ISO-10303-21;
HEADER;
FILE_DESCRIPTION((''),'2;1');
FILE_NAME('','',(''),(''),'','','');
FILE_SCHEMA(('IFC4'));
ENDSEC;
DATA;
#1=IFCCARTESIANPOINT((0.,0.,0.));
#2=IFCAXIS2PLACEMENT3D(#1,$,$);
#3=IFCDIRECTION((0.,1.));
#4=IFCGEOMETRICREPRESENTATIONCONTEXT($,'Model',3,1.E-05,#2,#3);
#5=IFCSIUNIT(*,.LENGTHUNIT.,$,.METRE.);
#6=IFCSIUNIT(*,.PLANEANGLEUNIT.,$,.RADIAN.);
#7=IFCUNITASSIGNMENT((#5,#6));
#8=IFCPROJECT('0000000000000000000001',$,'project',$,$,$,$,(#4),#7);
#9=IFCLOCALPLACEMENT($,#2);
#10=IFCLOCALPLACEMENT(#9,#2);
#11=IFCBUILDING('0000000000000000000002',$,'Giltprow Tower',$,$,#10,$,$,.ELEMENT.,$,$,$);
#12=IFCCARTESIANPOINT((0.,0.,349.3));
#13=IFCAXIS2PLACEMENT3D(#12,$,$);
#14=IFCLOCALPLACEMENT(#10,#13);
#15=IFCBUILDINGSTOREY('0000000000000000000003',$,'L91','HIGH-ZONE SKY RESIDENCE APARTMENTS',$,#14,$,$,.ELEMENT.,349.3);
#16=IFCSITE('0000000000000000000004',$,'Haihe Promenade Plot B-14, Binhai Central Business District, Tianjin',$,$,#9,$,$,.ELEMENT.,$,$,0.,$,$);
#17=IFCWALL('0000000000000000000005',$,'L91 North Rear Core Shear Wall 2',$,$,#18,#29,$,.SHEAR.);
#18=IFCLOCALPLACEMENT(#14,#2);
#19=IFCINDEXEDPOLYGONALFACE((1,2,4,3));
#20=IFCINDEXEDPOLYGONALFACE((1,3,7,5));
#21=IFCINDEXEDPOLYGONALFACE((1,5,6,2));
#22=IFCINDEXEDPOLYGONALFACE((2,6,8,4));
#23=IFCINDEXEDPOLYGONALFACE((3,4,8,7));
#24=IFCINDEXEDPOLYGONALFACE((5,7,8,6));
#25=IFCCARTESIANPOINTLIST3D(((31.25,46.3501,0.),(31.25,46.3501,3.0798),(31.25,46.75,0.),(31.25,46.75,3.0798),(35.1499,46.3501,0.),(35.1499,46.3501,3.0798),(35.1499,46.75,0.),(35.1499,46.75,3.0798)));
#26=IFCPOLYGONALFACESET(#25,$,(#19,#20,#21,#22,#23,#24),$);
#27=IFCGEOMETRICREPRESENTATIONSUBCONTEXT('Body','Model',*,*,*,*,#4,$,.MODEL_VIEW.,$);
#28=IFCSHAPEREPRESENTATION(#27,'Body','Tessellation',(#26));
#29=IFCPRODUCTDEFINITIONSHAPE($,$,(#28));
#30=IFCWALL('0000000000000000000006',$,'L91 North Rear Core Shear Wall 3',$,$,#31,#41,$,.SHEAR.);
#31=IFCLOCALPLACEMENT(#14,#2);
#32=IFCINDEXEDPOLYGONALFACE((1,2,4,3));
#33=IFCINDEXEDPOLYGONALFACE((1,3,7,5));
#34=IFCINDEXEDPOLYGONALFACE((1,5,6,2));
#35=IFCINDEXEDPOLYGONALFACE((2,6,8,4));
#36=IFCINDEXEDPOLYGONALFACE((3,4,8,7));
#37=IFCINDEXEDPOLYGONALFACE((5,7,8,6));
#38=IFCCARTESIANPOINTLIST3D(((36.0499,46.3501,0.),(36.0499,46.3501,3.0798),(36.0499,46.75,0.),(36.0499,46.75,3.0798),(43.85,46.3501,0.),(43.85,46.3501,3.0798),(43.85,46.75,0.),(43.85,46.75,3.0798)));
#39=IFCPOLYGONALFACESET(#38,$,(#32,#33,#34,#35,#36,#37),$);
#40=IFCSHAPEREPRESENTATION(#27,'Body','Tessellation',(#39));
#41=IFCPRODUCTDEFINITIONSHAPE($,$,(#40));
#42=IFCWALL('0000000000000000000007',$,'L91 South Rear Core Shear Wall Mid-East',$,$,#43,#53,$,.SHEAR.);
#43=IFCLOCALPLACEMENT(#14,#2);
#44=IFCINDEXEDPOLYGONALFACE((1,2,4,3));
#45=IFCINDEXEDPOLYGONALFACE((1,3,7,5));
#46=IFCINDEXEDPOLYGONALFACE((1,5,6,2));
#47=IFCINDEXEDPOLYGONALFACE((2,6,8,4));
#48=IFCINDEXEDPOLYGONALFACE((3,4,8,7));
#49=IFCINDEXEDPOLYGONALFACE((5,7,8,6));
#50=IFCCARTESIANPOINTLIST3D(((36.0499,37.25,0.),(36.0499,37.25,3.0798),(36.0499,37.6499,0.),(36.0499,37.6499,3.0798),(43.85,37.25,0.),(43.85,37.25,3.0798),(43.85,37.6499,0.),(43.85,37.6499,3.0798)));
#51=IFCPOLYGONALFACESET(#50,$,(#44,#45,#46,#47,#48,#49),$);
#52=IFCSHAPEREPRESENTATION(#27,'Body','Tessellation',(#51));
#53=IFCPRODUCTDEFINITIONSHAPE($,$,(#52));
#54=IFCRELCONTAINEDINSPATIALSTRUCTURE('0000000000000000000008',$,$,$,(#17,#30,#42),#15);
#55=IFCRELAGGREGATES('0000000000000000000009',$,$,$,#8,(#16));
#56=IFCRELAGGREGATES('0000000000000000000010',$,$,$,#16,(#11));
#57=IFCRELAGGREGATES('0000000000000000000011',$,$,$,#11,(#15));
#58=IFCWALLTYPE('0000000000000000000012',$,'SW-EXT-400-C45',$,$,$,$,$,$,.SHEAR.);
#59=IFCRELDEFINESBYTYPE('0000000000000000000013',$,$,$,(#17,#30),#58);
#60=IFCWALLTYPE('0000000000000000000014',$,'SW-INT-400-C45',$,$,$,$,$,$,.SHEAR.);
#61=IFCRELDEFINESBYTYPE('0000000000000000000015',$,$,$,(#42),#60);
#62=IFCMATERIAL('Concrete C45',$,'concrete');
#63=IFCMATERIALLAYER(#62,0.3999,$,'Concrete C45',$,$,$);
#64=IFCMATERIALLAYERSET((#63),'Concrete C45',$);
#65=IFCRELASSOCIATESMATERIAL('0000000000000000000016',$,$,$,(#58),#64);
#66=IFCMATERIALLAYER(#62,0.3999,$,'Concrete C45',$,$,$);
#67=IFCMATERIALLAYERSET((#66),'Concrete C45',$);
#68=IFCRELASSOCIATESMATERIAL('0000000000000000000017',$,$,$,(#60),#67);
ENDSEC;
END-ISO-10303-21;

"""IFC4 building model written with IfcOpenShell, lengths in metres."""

from ifc_helpers import new_model, si_unit, direction, frame, frame_2d, origin, place, context, subcontext, project, spatial, rectangle, extrude, material, layer, layer_set, type_object, element, save


model = new_model("IFC4")

# Units and contexts
model_context = context("Model", 3, precision=1e-05, world=origin(), true_north=direction((0.0, 1.0)))
body_context = subcontext(model_context, "Body", "Model", "MODEL_VIEW")
ifc_project = project(units=[si_unit("LENGTHUNIT", "METRE"), si_unit("PLANEANGLEUNIT", "RADIAN")], contexts=[model_context])

# Site, building, storey
site_placement = place(None, origin())
site = spatial("IfcSite", under=ifc_project, at=site_placement, Name="Haihe Promenade Plot B-14, Binhai Central Business District, Tianjin", CompositionType="ELEMENT", RefElevation=0.0)
building_placement = place(site_placement, origin())
building = spatial("IfcBuilding", under=site, at=building_placement, Name="Giltprow Tower", CompositionType="ELEMENT")
storey_placement = place(building_placement, frame((0.0, 0.0, 349.3)))
storey = spatial("IfcBuildingStorey", under=building, at=storey_placement, Name="L91", Description="HIGH-ZONE SKY RESIDENCE APARTMENTS", CompositionType="ELEMENT", Elevation=349.3)

# Shared definitions
ifc_material_1 = material(Name="Concrete C45", Category="concrete")

# Walls
ifc_layer_1 = layer(ifc_material_1, 0.3999, Name="Concrete C45")
ifc_layer_set_1 = layer_set([ifc_layer_1], Name="Concrete C45")
wall_type_1 = type_object("IfcWallType", Name="SW-EXT-400-C45", PredefinedType="SHEAR", material=ifc_layer_set_1)
wall_1_placement = place(storey_placement, frame((31.25, 46.55, 0.0), z_axis=(0.0, 0.0, 1.0), x_axis=(1.0, 0.0, 0.0)))
element("IfcWall", 1, at=wall_1_placement, inside=storey, type_object=wall_type_1, Name="L91 North Rear Core Shear Wall 2", PredefinedType="SHEAR", context=body_context, shape_type="SweptSolid", body=[
    extrude(rectangle(XDim=3.8999, YDim=0.3999, at=frame_2d((1.95, 0.0))), origin(), (0.0, 0.0, 1.0), 3.0798),
])
wall_2_placement = place(storey_placement, frame((36.05, 46.55, 0.0), z_axis=(0.0, 0.0, 1.0), x_axis=(1.0, 0.0, 0.0)))
element("IfcWall", 2, at=wall_2_placement, inside=storey, type_object=wall_type_1, Name="L91 North Rear Core Shear Wall 3", PredefinedType="SHEAR", context=body_context, shape_type="SweptSolid", body=[
    extrude(rectangle(XDim=7.8, YDim=0.3999, at=frame_2d((3.8999, 0.0))), origin(), (0.0, 0.0, 1.0), 3.0798),
])
ifc_layer_2 = layer(ifc_material_1, 0.3999, Name="Concrete C45")
ifc_layer_set_2 = layer_set([ifc_layer_2], Name="Concrete C45")
wall_type_2 = type_object("IfcWallType", Name="SW-INT-400-C45", PredefinedType="SHEAR", material=ifc_layer_set_2)
wall_3_placement = place(storey_placement, frame((36.05, 37.45, 0.0), z_axis=(0.0, 0.0, 1.0), x_axis=(1.0, 0.0, 0.0)))
element("IfcWall", 3, at=wall_3_placement, inside=storey, type_object=wall_type_2, Name="L91 South Rear Core Shear Wall Mid-East", PredefinedType="SHEAR", context=body_context, shape_type="SweptSolid", body=[
    extrude(rectangle(XDim=7.8, YDim=0.3999, at=frame_2d((3.8999, 0.0))), origin(), (0.0, 0.0, 1.0), 3.0798),
])

save(model, "model.ifc")
